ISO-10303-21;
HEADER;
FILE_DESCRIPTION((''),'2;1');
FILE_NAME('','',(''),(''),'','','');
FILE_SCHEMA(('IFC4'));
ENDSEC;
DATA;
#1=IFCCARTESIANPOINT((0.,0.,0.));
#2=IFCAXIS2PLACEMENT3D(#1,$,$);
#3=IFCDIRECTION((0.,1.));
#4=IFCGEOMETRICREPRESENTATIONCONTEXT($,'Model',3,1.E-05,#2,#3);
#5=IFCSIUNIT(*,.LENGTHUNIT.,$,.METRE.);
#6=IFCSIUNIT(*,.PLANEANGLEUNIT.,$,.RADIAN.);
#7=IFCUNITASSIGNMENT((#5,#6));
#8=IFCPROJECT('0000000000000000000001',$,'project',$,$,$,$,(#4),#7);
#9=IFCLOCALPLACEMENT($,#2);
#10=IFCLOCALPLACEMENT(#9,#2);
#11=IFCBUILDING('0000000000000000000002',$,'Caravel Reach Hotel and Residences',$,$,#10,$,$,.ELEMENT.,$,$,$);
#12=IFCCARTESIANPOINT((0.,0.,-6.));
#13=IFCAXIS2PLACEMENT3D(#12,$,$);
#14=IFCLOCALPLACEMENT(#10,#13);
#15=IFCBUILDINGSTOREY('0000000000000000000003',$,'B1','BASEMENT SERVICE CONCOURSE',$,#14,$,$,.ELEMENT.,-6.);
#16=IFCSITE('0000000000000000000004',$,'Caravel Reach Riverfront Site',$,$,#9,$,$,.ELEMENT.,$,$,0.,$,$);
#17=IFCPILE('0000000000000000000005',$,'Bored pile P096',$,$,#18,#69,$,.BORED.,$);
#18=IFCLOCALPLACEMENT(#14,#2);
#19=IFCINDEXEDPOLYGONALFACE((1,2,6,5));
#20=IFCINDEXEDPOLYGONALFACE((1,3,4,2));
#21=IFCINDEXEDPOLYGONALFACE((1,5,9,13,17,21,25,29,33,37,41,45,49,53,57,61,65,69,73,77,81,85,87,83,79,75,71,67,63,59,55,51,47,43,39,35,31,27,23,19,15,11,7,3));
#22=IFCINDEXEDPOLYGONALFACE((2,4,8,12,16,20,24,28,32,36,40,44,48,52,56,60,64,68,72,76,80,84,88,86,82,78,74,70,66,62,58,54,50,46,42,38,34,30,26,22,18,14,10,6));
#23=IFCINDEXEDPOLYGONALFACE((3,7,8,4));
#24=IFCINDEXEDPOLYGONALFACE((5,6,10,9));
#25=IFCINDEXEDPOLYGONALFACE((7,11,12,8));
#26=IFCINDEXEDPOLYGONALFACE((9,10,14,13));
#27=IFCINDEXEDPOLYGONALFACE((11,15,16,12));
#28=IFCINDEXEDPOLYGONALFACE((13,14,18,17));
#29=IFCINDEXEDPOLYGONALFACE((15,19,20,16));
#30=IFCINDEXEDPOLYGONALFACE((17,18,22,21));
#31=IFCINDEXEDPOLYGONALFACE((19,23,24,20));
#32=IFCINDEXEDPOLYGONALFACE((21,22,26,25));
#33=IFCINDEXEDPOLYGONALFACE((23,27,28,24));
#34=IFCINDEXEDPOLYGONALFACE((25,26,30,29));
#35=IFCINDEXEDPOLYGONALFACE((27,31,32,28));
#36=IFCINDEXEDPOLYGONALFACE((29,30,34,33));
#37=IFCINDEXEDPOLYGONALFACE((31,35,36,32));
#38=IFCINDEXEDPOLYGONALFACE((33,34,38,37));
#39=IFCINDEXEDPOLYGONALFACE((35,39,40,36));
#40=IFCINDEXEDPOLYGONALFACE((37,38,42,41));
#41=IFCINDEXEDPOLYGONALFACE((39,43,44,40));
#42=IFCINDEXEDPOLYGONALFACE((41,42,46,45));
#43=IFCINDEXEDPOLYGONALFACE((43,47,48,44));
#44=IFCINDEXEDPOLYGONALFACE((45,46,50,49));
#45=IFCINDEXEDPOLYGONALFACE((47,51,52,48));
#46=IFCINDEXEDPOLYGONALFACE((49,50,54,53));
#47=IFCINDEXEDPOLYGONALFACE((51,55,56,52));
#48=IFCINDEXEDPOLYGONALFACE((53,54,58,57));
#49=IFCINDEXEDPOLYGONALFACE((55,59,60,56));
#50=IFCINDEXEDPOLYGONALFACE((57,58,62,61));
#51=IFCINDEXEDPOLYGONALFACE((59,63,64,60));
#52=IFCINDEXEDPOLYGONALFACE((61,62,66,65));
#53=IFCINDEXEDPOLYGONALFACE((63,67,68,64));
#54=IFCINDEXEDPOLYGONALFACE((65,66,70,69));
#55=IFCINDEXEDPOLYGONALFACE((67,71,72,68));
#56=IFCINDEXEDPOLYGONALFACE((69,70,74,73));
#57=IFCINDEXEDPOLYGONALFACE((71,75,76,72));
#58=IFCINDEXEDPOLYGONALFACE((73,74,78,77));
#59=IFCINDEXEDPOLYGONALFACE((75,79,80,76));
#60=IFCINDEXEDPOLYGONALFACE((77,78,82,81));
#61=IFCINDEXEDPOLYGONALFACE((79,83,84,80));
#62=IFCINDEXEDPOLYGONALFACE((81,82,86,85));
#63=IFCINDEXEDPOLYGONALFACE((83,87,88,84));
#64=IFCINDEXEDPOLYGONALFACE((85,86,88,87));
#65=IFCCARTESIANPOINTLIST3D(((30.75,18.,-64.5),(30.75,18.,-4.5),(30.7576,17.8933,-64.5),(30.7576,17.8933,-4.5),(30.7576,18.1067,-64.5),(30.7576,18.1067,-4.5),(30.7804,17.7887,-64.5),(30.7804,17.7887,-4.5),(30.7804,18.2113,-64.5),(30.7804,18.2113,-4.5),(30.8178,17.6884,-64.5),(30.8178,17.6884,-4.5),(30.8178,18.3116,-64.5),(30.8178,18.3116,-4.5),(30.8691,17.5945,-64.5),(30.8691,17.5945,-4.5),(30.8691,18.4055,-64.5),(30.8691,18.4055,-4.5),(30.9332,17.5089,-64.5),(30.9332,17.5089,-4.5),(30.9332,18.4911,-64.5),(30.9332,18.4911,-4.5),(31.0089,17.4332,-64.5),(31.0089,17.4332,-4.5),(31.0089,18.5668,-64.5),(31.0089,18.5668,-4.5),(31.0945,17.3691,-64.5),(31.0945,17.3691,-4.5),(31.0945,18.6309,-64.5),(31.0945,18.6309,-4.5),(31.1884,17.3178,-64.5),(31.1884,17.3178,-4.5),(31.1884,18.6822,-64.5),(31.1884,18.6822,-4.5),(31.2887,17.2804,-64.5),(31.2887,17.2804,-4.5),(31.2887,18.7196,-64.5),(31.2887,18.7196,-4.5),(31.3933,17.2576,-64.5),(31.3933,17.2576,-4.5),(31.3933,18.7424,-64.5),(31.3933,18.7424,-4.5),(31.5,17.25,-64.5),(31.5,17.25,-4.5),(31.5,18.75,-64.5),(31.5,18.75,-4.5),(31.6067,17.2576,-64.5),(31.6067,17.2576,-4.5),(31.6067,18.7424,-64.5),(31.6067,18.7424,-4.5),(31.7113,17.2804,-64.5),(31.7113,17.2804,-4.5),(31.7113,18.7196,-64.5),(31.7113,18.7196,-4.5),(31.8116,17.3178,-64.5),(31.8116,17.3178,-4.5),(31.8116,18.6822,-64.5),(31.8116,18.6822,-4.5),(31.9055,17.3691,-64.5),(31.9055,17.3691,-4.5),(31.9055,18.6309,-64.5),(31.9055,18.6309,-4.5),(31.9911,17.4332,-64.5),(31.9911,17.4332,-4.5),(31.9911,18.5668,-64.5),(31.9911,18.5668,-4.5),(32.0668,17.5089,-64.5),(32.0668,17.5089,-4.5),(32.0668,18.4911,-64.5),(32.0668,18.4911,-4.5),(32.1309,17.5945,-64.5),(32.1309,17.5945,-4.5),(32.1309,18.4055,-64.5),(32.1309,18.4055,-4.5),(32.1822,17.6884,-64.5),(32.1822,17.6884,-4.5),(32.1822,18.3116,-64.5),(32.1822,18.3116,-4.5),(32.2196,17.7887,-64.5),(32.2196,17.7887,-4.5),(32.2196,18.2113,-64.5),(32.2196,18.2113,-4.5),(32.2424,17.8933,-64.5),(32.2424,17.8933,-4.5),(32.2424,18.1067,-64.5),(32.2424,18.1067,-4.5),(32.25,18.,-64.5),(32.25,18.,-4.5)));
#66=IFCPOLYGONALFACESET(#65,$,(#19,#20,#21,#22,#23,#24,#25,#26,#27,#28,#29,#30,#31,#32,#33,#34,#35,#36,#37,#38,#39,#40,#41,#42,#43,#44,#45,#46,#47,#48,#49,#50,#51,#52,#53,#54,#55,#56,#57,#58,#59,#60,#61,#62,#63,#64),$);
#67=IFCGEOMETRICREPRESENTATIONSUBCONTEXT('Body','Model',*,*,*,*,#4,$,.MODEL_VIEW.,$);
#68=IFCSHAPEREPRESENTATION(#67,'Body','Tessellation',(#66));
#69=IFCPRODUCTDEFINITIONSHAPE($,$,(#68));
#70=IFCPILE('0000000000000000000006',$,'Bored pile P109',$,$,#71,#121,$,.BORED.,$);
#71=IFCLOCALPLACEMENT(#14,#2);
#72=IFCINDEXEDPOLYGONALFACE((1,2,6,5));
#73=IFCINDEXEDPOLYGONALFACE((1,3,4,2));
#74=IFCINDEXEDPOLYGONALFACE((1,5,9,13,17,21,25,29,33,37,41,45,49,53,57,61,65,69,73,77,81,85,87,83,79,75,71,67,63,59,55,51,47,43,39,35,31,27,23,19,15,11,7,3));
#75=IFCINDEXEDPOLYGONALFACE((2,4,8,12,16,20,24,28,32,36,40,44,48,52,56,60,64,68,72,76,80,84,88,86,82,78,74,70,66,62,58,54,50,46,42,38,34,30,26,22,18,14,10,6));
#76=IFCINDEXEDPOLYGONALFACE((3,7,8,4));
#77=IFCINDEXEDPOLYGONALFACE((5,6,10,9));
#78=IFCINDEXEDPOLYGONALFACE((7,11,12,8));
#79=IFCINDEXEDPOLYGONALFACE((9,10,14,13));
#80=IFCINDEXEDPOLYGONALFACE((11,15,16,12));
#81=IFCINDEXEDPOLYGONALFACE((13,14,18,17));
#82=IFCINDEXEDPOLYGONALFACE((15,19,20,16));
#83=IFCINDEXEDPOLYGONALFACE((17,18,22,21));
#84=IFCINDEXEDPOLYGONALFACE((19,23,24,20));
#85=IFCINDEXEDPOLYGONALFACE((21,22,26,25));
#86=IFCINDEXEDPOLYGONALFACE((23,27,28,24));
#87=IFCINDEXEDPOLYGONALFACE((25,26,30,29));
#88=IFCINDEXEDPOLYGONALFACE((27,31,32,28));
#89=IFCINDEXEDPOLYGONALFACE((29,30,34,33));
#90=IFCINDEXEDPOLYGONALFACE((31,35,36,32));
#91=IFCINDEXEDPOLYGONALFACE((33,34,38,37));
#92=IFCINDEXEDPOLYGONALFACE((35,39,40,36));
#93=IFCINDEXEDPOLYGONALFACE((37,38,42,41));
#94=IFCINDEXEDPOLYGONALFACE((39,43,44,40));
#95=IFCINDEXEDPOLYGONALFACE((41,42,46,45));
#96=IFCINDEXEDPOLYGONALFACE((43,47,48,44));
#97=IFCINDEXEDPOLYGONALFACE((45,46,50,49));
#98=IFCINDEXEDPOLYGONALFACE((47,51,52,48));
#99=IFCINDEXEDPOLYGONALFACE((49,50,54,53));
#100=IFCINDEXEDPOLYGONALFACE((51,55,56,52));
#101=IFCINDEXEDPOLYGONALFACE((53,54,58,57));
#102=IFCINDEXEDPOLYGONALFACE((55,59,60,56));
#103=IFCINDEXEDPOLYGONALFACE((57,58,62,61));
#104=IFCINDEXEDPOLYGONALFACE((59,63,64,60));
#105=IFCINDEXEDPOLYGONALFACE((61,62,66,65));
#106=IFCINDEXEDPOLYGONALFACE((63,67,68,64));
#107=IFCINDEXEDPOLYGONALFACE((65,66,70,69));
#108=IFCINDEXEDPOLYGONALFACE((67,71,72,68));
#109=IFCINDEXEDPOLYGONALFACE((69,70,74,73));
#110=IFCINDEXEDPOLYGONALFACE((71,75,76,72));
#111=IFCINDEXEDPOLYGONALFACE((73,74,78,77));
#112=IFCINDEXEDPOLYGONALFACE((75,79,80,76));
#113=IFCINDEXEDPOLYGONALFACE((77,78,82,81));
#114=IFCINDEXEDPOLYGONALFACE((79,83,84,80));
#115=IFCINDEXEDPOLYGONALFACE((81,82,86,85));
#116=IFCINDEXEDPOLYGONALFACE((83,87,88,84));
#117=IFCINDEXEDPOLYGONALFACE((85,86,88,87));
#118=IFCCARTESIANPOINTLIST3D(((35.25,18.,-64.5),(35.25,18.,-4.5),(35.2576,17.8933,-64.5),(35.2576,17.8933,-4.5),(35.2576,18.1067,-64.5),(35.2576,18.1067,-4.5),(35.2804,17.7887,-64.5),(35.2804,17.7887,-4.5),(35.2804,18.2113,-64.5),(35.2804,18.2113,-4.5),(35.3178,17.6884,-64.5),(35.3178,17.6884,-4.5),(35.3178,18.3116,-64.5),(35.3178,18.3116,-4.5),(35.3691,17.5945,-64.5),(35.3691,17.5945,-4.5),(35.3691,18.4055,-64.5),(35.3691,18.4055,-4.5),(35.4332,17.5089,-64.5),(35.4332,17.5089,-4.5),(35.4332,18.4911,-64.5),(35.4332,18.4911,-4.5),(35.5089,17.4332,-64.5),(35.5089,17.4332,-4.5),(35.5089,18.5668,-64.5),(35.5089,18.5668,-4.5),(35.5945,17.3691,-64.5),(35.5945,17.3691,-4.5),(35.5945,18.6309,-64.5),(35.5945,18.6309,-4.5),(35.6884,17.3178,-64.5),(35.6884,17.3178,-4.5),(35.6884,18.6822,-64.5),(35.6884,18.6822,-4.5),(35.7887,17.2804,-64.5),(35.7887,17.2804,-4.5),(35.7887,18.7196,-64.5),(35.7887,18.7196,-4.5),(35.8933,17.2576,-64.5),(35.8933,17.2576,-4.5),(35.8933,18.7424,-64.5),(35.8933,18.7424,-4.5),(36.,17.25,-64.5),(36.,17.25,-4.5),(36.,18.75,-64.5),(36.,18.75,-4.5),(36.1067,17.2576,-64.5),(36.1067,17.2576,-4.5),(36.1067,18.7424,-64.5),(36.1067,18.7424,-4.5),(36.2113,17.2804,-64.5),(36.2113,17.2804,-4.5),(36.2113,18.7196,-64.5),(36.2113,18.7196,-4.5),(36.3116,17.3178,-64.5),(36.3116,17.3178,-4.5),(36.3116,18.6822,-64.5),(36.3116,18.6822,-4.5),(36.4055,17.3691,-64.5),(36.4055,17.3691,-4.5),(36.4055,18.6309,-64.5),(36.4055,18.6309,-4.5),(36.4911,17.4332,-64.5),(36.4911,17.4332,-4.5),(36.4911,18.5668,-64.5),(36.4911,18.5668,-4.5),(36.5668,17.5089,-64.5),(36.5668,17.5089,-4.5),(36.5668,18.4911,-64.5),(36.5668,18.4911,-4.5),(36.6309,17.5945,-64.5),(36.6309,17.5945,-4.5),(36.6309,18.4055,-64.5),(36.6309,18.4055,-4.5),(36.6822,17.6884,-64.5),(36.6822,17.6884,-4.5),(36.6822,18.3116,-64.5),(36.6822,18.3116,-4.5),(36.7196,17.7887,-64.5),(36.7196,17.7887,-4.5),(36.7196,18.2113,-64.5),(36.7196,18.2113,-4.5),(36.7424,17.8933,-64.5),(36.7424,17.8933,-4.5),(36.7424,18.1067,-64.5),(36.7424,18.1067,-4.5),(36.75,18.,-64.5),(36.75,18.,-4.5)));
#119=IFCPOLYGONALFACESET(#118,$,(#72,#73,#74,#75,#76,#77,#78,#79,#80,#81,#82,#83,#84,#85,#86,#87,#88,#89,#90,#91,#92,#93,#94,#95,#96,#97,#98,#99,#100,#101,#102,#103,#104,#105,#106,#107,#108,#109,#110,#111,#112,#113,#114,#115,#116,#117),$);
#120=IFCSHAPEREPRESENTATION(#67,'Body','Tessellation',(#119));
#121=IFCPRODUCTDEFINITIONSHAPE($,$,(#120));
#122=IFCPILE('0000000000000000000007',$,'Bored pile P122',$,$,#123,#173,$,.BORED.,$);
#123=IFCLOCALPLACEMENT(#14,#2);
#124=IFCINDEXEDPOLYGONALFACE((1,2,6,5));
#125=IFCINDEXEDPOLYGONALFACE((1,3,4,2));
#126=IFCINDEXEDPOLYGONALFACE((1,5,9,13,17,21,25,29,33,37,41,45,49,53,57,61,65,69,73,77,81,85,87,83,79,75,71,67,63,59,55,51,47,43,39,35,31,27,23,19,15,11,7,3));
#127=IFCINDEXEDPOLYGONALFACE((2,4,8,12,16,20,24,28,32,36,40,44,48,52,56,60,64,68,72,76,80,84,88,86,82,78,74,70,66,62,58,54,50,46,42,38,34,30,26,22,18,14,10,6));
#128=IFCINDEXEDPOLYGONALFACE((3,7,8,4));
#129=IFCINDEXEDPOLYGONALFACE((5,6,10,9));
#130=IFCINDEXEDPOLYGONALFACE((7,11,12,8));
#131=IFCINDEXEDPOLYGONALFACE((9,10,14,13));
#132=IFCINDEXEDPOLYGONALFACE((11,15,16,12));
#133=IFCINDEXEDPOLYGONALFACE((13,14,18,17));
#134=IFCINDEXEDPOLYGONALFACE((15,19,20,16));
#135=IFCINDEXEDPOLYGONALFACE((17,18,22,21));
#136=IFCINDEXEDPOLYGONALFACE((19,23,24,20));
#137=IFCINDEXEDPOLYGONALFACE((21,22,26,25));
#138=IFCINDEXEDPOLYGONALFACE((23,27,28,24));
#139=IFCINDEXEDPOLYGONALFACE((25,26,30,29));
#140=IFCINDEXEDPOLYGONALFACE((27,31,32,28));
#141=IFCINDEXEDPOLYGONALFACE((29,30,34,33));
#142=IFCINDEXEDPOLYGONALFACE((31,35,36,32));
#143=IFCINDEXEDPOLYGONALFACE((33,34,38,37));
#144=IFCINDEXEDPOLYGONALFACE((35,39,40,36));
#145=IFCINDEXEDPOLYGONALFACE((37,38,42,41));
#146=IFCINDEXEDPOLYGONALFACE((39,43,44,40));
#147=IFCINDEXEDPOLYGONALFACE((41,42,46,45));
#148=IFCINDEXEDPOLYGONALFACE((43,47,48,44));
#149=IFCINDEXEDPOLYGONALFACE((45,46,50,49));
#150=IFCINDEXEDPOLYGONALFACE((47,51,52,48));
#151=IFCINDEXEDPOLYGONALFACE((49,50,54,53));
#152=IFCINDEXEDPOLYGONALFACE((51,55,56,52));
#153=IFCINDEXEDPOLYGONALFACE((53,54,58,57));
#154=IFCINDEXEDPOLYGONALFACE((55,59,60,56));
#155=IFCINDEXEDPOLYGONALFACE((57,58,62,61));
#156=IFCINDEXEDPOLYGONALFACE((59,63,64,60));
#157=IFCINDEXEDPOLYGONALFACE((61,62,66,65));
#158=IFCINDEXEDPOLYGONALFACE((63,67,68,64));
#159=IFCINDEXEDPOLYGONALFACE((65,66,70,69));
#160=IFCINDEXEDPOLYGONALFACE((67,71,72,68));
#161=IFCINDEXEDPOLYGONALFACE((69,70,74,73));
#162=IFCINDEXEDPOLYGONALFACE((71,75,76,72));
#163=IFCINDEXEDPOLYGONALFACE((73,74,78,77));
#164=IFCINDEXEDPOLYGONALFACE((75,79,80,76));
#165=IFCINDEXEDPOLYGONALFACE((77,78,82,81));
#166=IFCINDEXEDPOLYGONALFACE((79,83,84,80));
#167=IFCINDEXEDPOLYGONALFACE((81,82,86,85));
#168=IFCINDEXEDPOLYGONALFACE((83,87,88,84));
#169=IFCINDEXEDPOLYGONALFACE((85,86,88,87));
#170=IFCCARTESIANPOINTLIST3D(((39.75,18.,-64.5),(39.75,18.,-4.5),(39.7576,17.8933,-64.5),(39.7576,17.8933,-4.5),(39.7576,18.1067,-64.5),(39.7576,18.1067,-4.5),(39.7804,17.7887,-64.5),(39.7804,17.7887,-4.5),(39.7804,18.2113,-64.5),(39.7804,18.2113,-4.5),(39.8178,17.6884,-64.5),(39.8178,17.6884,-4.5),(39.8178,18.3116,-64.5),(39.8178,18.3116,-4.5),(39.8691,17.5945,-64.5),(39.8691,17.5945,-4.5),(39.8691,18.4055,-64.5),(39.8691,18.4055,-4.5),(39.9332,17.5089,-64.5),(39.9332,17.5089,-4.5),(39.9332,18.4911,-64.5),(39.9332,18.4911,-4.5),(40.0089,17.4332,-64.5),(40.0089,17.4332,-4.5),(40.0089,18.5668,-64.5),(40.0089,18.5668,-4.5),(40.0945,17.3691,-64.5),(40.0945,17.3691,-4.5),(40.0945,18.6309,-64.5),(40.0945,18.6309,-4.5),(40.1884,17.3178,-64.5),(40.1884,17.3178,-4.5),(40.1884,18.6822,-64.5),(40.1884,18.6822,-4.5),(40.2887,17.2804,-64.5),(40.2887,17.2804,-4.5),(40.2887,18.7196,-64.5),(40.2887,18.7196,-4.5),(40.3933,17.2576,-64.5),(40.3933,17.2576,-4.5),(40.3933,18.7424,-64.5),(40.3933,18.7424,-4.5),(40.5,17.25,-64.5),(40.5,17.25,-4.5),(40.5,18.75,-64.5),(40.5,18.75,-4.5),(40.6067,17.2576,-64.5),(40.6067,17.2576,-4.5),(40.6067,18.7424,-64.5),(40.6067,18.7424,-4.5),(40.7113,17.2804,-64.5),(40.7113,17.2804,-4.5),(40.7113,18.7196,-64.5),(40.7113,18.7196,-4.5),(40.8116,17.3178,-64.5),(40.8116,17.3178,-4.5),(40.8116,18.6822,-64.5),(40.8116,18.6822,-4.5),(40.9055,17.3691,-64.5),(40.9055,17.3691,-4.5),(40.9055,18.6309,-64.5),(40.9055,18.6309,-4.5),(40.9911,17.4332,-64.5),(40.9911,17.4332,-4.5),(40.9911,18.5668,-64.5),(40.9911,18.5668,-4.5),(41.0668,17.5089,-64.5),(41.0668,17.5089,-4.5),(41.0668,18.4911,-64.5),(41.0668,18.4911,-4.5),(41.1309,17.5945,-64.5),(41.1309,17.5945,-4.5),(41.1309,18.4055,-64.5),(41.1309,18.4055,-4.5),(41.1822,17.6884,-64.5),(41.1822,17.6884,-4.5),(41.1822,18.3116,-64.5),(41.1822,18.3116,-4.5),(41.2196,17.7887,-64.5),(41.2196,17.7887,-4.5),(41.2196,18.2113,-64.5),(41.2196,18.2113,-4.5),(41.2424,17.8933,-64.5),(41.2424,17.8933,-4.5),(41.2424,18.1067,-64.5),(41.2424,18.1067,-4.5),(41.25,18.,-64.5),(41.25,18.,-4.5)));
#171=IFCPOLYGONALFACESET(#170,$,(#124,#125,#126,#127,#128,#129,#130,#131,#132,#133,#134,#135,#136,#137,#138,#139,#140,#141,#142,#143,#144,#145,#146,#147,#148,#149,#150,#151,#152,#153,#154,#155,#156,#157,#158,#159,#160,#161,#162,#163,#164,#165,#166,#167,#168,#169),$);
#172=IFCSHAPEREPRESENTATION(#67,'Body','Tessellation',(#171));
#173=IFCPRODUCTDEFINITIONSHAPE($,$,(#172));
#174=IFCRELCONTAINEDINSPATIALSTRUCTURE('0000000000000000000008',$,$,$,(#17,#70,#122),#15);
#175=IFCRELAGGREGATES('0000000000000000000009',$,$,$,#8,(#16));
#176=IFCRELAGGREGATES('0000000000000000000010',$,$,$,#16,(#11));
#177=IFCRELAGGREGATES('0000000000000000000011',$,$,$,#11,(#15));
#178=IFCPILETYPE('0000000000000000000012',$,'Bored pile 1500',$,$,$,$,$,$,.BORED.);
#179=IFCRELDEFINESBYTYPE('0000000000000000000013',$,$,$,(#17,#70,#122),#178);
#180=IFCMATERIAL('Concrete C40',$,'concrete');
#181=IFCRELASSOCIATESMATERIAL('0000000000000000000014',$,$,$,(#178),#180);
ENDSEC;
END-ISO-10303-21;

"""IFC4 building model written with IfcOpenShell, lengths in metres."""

from ifc_helpers import new_model, si_unit, direction, frame, origin, origin_2d, place, context, subcontext, project, spatial, circle, extrude, material, material_profile, profile_set, type_object, element, save


model = new_model("IFC4")

# Units and contexts
model_context = context("Model", 3, precision=1e-05, world=origin(), true_north=direction((0.0, 1.0)))
body_context = subcontext(model_context, "Body", "Model", "MODEL_VIEW")
ifc_project = project(units=[si_unit("LENGTHUNIT", "METRE"), si_unit("PLANEANGLEUNIT", "RADIAN")], contexts=[model_context])

# Site, building, storey
site_placement = place(None, origin())
site = spatial("IfcSite", under=ifc_project, at=site_placement, Name="Caravel Reach Riverfront Site", CompositionType="ELEMENT", RefElevation=0.0)
building_placement = place(site_placement, origin())
building = spatial("IfcBuilding", under=site, at=building_placement, Name="Caravel Reach Hotel and Residences", CompositionType="ELEMENT")
storey_placement = place(building_placement, frame((0.0, 0.0, -6.0)))
storey = spatial("IfcBuildingStorey", under=building, at=storey_placement, Name="B1", Description="BASEMENT SERVICE CONCOURSE", CompositionType="ELEMENT", Elevation=-6.0)

# Piles
ifc_material_1 = material(Name="Concrete C40", Category="concrete")
ifc_material_profile_1 = material_profile(ifc_material_1, circle(Radius=0.75, at=origin_2d()), Name="PILE 1500")
ifc_profile_set_1 = profile_set([ifc_material_profile_1], Name="Concrete C40")
pile_type_1 = type_object("IfcPileType", Name="Bored pile 1500", PredefinedType="BORED", material=ifc_profile_set_1)
for number, where, z_axis, x_axis, name in (
    (1, (31.5, 18.0, -4.5), (0.0, 0.0, -1.0), (1.0, 0.0, 0.0), "Bored pile P096"),
    (2, (36.0, 18.0, -4.5), (0.0, 0.0, -1.0), (1.0, 0.0, 0.0), "Bored pile P109"),
    (3, (40.5, 18.0, -4.5), (0.0, 0.0, -1.0), (1.0, 0.0, 0.0), "Bored pile P122"),
):
    element("IfcPile", number, at=place(storey_placement, frame(where, z_axis=z_axis, x_axis=x_axis)), inside=storey, type_object=pile_type_1, Name=name, PredefinedType="BORED", context=body_context, shape_type="SweptSolid", body=[
        extrude(circle(Radius=0.75, at=origin_2d()), origin(), (0.0, 0.0, 1.0), 60.0),
    ])

save(model, "model.ifc")
